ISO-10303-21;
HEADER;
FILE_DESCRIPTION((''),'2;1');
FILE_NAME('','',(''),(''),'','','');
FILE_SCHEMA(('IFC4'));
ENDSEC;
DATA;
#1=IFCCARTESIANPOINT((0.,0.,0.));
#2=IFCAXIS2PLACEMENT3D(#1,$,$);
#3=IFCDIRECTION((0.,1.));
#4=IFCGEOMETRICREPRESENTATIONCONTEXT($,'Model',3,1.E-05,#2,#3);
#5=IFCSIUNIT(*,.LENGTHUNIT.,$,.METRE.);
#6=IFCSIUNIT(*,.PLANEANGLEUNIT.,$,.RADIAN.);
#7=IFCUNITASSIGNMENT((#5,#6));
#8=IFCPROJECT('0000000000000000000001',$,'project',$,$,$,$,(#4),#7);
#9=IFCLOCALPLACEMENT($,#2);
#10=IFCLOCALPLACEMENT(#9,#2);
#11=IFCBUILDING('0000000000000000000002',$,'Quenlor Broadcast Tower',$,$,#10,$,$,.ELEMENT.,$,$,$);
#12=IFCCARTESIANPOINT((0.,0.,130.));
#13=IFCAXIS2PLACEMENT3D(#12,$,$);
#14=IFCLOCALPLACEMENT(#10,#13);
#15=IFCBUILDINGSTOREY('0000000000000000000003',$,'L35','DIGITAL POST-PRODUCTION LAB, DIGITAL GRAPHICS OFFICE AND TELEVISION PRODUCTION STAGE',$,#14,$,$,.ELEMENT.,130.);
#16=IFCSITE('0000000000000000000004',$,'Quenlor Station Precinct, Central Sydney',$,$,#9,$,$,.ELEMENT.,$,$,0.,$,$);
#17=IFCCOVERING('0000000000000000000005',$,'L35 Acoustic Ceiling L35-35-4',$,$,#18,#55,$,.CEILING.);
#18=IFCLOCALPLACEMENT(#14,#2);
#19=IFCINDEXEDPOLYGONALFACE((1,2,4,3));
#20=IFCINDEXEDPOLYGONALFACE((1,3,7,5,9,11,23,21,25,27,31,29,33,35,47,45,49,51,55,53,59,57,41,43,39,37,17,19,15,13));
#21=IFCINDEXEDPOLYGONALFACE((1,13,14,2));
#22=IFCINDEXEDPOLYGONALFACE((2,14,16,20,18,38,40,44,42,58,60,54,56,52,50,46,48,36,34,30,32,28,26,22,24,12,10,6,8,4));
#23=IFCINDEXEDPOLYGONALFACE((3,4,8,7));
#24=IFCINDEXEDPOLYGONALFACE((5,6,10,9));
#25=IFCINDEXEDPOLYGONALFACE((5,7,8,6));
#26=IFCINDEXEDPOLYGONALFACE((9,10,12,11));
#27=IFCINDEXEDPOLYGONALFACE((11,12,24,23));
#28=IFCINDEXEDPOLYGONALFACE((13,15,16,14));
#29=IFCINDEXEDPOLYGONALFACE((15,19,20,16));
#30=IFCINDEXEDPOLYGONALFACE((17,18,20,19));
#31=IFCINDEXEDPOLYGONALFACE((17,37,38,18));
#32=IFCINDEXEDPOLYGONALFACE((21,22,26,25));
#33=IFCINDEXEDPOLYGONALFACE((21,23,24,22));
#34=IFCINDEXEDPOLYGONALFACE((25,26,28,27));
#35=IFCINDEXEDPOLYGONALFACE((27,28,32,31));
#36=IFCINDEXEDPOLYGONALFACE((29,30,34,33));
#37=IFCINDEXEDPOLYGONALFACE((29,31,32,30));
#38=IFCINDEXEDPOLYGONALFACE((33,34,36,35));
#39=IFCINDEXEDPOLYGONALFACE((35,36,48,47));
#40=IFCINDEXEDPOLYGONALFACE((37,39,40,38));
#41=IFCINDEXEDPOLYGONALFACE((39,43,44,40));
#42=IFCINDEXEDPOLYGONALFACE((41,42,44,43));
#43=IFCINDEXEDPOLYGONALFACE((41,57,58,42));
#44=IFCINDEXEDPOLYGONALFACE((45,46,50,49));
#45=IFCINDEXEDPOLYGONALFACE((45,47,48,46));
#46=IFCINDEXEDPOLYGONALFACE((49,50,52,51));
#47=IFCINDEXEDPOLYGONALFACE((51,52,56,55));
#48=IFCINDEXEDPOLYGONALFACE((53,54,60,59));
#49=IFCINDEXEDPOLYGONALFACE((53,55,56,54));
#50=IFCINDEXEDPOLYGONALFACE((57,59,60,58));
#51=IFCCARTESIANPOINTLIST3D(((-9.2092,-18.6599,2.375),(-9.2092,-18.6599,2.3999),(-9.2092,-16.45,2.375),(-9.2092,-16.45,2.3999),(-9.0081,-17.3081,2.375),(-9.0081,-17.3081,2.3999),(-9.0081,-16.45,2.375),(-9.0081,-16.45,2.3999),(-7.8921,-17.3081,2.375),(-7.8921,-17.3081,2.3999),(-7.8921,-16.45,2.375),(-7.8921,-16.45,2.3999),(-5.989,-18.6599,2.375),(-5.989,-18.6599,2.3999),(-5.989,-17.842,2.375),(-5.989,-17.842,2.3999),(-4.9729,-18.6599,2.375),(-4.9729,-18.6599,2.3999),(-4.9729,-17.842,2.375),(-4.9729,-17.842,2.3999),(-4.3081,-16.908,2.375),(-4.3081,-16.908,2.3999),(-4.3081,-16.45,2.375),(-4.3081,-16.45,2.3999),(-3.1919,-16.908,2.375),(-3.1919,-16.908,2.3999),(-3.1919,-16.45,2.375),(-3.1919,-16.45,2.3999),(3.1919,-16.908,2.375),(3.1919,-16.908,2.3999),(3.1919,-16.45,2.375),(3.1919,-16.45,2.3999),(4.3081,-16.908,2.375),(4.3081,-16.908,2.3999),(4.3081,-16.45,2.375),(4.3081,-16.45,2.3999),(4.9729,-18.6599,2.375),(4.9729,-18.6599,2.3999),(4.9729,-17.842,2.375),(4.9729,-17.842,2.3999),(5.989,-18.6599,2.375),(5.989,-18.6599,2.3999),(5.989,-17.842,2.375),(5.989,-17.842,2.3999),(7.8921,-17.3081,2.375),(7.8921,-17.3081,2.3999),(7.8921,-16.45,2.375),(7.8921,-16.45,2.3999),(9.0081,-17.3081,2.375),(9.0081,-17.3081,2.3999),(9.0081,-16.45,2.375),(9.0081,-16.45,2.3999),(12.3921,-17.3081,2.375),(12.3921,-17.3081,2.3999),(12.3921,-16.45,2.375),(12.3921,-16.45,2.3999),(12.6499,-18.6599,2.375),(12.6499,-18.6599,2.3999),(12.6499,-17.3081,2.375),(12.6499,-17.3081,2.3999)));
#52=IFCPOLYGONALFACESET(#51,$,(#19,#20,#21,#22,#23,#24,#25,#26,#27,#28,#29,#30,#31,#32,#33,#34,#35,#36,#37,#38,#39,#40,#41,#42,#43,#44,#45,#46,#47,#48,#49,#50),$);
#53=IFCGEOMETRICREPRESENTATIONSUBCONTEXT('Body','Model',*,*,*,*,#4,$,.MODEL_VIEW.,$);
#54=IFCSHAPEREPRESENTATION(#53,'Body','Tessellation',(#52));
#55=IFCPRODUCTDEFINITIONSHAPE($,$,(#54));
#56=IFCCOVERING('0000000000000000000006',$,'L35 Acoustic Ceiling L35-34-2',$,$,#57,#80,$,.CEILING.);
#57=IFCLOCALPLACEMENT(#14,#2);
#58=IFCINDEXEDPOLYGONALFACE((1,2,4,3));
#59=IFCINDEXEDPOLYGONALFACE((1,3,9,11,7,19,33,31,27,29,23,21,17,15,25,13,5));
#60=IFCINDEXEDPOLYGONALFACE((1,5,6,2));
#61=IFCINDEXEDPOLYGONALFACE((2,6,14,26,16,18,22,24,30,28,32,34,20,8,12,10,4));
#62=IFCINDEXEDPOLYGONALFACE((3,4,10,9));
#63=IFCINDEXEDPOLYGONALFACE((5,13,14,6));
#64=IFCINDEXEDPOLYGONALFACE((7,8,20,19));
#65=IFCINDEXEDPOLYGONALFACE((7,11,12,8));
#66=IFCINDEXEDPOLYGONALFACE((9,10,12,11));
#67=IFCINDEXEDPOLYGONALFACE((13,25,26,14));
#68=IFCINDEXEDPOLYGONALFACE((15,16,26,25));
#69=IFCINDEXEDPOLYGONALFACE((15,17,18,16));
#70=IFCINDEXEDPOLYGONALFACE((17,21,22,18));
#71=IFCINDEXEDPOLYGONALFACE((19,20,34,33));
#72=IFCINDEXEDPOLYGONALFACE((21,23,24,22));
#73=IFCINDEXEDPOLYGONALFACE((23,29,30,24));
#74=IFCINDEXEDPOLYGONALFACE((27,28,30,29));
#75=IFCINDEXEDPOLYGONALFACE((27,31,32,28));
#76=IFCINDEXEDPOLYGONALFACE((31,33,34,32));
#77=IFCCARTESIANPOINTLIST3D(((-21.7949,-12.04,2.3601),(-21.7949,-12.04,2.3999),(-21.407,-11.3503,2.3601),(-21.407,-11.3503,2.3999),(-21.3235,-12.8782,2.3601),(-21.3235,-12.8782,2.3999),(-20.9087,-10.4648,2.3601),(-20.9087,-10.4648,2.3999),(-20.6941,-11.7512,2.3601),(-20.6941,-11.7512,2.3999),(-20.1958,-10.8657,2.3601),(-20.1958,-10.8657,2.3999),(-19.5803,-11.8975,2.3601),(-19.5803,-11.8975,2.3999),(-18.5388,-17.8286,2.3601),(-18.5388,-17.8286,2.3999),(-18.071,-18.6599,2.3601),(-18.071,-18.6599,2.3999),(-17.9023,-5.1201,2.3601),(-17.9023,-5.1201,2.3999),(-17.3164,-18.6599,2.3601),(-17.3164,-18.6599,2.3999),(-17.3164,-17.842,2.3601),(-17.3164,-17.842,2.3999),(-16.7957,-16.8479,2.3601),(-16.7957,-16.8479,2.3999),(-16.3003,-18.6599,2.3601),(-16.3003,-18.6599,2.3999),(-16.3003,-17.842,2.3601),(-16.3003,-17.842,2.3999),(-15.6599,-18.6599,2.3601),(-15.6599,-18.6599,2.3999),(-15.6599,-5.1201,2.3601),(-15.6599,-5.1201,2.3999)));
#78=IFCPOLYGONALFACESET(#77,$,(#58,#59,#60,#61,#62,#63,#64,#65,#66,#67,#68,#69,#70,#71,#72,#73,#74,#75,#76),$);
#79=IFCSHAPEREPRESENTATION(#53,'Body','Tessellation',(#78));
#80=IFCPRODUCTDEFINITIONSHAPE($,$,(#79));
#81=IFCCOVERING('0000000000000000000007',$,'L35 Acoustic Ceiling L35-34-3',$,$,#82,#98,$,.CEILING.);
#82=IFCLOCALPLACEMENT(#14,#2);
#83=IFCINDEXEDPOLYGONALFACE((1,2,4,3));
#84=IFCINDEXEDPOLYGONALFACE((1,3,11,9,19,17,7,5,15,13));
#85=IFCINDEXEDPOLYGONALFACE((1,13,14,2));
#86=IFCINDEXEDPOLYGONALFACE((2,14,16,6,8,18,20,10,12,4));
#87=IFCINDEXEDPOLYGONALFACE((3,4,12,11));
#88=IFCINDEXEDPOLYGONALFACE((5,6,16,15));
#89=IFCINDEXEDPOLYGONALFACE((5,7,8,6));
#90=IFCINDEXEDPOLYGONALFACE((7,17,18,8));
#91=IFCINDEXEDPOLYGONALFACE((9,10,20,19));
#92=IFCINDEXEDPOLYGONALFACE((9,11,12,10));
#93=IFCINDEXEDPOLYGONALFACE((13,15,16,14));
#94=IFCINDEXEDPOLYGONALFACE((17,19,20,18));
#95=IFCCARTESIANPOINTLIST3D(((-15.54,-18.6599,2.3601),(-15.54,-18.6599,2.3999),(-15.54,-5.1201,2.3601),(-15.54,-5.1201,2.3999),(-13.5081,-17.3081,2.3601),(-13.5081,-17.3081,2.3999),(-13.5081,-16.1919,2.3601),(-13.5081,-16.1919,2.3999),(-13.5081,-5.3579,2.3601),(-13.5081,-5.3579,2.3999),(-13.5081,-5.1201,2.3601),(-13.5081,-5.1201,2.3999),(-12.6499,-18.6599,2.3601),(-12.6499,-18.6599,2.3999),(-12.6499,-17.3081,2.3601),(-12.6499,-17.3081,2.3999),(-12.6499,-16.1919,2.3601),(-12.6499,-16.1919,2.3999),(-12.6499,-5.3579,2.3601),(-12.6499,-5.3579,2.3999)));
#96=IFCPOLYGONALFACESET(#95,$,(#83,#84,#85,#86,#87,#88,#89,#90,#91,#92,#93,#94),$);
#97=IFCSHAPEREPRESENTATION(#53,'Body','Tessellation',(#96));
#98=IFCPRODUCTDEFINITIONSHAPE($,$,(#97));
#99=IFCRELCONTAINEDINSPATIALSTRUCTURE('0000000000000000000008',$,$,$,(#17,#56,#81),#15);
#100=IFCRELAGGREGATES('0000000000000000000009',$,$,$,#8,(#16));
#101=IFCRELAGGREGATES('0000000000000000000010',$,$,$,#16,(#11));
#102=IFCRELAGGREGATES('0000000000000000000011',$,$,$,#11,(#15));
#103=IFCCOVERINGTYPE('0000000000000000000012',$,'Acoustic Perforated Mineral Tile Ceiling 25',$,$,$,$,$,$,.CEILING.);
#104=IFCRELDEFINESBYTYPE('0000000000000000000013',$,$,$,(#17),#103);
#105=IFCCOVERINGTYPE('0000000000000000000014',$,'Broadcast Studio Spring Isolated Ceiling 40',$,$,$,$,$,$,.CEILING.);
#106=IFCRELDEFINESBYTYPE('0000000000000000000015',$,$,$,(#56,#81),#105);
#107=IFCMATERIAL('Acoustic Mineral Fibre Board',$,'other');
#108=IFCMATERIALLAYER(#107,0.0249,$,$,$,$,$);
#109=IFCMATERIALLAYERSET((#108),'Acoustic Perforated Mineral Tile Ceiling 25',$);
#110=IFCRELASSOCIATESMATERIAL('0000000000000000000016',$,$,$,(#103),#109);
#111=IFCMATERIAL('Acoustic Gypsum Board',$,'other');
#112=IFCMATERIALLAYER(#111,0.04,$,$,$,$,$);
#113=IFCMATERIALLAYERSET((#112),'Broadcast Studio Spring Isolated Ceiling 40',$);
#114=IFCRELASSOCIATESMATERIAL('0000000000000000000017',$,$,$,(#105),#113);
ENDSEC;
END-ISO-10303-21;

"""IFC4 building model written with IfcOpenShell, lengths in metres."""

from ifc_helpers import new_model, si_unit, direction, frame, origin, place, context, subcontext, project, spatial, polyline, outline, extrude, material, layer, layer_set, type_object, element, save


model = new_model("IFC4")

# Units and contexts
model_context = context("Model", 3, precision=1e-05, world=origin(), true_north=direction((0.0, 1.0)))
body_context = subcontext(model_context, "Body", "Model", "MODEL_VIEW")
ifc_project = project(units=[si_unit("LENGTHUNIT", "METRE"), si_unit("PLANEANGLEUNIT", "RADIAN")], contexts=[model_context])

# Site, building, storey
site_placement = place(None, origin())
site = spatial("IfcSite", under=ifc_project, at=site_placement, Name="Quenlor Station Precinct, Central Sydney", CompositionType="ELEMENT", RefElevation=0.0)
building_placement = place(site_placement, origin())
building = spatial("IfcBuilding", under=site, at=building_placement, Name="Quenlor Broadcast Tower", CompositionType="ELEMENT")
storey_placement = place(building_placement, frame((0.0, 0.0, 130.0)))
storey = spatial("IfcBuildingStorey", under=building, at=storey_placement, Name="L35", Description="DIGITAL POST-PRODUCTION LAB, DIGITAL GRAPHICS OFFICE AND TELEVISION PRODUCTION STAGE", CompositionType="ELEMENT", Elevation=130.0)

# Coverings
ifc_material_1 = material(Name="Acoustic Mineral Fibre Board", Category="other")
ifc_layer_1 = layer(ifc_material_1, 0.0249)
ifc_layer_set_1 = layer_set([ifc_layer_1], Name="Acoustic Perforated Mineral Tile Ceiling 25")
covering_type_1 = type_object("IfcCoveringType", Name="Acoustic Perforated Mineral Tile Ceiling 25", PredefinedType="CEILING", material=ifc_layer_set_1)
covering_1_placement = place(storey_placement, frame((0.0, 0.0, 2.375)))
element("IfcCovering", 1, at=covering_1_placement, inside=storey, type_object=covering_type_1, Name="L35 Acoustic Ceiling L35-35-4", PredefinedType="CEILING", context=body_context, shape_type="SweptSolid", body=[
    extrude(outline(polyline([(5.989, -18.6599), (5.989, -17.842), (4.9729, -17.842), (4.9729, -18.6599), (-4.9729, -18.6599), (-4.9729, -17.842), (-5.989, -17.842), (-5.989, -18.6599), (-9.2092, -18.6599), (-9.2092, -16.45), (-9.0081, -16.45), (-9.0081, -17.3081), (-7.8921, -17.3081), (-7.8921, -16.45), (-4.3081, -16.45), (-4.3081, -16.908), (-3.1919, -16.908), (-3.1919, -16.45), (3.1919, -16.45), (3.1919, -16.908), (4.3081, -16.908), (4.3081, -16.45), (7.8921, -16.45), (7.8921, -17.3081), (9.0081, -17.3081), (9.0081, -16.45), (12.3921, -16.45), (12.3921, -17.3081), (12.6499, -17.3081), (12.6499, -18.6599), (5.989, -18.6599)])), origin(), (0.0, 0.0, 1.0), 0.0249),
])
ifc_material_2 = material(Name="Acoustic Gypsum Board", Category="other")
ifc_layer_2 = layer(ifc_material_2, 0.04)
ifc_layer_set_2 = layer_set([ifc_layer_2], Name="Broadcast Studio Spring Isolated Ceiling 40")
covering_type_2 = type_object("IfcCoveringType", Name="Broadcast Studio Spring Isolated Ceiling 40", PredefinedType="CEILING", material=ifc_layer_set_2)
covering_2_placement = place(storey_placement, frame((0.0, 0.0, 2.3601)))
element("IfcCovering", 2, at=covering_2_placement, inside=storey, type_object=covering_type_2, Name="L35 Acoustic Ceiling L35-34-2", PredefinedType="CEILING", context=body_context, shape_type="SweptSolid", body=[
    extrude(outline(polyline([(-21.7949, -12.04), (-21.407, -11.3503), (-20.6941, -11.7512), (-20.1958, -10.8657), (-20.9087, -10.4648), (-17.9023, -5.1201), (-15.6599, -5.1201), (-15.6599, -18.6599), (-16.3003, -18.6599), (-16.3003, -17.842), (-17.3164, -17.842), (-17.3164, -18.6599), (-18.071, -18.6599), (-18.5388, -17.8286), (-16.7957, -16.8479), (-19.5803, -11.8975), (-21.3235, -12.8782), (-21.7949, -12.04)])), origin(), (0.0, 0.0, 1.0), 0.0398),
])
covering_3_placement = place(storey_placement, frame((0.0, 0.0, 2.3601)))
element("IfcCovering", 3, at=covering_3_placement, inside=storey, type_object=covering_type_2, Name="L35 Acoustic Ceiling L35-34-3", PredefinedType="CEILING", context=body_context, shape_type="SweptSolid", body=[
    extrude(outline(polyline([(-13.5081, -5.3579), (-12.6499, -5.3579), (-12.6499, -16.1919), (-13.5081, -16.1919), (-13.5081, -17.3081), (-12.6499, -17.3081), (-12.6499, -18.6599), (-15.54, -18.6599), (-15.54, -5.1201), (-13.5081, -5.1201), (-13.5081, -5.3579)])), origin(), (0.0, 0.0, 1.0), 0.0398),
])

save(model, "model.ifc")
